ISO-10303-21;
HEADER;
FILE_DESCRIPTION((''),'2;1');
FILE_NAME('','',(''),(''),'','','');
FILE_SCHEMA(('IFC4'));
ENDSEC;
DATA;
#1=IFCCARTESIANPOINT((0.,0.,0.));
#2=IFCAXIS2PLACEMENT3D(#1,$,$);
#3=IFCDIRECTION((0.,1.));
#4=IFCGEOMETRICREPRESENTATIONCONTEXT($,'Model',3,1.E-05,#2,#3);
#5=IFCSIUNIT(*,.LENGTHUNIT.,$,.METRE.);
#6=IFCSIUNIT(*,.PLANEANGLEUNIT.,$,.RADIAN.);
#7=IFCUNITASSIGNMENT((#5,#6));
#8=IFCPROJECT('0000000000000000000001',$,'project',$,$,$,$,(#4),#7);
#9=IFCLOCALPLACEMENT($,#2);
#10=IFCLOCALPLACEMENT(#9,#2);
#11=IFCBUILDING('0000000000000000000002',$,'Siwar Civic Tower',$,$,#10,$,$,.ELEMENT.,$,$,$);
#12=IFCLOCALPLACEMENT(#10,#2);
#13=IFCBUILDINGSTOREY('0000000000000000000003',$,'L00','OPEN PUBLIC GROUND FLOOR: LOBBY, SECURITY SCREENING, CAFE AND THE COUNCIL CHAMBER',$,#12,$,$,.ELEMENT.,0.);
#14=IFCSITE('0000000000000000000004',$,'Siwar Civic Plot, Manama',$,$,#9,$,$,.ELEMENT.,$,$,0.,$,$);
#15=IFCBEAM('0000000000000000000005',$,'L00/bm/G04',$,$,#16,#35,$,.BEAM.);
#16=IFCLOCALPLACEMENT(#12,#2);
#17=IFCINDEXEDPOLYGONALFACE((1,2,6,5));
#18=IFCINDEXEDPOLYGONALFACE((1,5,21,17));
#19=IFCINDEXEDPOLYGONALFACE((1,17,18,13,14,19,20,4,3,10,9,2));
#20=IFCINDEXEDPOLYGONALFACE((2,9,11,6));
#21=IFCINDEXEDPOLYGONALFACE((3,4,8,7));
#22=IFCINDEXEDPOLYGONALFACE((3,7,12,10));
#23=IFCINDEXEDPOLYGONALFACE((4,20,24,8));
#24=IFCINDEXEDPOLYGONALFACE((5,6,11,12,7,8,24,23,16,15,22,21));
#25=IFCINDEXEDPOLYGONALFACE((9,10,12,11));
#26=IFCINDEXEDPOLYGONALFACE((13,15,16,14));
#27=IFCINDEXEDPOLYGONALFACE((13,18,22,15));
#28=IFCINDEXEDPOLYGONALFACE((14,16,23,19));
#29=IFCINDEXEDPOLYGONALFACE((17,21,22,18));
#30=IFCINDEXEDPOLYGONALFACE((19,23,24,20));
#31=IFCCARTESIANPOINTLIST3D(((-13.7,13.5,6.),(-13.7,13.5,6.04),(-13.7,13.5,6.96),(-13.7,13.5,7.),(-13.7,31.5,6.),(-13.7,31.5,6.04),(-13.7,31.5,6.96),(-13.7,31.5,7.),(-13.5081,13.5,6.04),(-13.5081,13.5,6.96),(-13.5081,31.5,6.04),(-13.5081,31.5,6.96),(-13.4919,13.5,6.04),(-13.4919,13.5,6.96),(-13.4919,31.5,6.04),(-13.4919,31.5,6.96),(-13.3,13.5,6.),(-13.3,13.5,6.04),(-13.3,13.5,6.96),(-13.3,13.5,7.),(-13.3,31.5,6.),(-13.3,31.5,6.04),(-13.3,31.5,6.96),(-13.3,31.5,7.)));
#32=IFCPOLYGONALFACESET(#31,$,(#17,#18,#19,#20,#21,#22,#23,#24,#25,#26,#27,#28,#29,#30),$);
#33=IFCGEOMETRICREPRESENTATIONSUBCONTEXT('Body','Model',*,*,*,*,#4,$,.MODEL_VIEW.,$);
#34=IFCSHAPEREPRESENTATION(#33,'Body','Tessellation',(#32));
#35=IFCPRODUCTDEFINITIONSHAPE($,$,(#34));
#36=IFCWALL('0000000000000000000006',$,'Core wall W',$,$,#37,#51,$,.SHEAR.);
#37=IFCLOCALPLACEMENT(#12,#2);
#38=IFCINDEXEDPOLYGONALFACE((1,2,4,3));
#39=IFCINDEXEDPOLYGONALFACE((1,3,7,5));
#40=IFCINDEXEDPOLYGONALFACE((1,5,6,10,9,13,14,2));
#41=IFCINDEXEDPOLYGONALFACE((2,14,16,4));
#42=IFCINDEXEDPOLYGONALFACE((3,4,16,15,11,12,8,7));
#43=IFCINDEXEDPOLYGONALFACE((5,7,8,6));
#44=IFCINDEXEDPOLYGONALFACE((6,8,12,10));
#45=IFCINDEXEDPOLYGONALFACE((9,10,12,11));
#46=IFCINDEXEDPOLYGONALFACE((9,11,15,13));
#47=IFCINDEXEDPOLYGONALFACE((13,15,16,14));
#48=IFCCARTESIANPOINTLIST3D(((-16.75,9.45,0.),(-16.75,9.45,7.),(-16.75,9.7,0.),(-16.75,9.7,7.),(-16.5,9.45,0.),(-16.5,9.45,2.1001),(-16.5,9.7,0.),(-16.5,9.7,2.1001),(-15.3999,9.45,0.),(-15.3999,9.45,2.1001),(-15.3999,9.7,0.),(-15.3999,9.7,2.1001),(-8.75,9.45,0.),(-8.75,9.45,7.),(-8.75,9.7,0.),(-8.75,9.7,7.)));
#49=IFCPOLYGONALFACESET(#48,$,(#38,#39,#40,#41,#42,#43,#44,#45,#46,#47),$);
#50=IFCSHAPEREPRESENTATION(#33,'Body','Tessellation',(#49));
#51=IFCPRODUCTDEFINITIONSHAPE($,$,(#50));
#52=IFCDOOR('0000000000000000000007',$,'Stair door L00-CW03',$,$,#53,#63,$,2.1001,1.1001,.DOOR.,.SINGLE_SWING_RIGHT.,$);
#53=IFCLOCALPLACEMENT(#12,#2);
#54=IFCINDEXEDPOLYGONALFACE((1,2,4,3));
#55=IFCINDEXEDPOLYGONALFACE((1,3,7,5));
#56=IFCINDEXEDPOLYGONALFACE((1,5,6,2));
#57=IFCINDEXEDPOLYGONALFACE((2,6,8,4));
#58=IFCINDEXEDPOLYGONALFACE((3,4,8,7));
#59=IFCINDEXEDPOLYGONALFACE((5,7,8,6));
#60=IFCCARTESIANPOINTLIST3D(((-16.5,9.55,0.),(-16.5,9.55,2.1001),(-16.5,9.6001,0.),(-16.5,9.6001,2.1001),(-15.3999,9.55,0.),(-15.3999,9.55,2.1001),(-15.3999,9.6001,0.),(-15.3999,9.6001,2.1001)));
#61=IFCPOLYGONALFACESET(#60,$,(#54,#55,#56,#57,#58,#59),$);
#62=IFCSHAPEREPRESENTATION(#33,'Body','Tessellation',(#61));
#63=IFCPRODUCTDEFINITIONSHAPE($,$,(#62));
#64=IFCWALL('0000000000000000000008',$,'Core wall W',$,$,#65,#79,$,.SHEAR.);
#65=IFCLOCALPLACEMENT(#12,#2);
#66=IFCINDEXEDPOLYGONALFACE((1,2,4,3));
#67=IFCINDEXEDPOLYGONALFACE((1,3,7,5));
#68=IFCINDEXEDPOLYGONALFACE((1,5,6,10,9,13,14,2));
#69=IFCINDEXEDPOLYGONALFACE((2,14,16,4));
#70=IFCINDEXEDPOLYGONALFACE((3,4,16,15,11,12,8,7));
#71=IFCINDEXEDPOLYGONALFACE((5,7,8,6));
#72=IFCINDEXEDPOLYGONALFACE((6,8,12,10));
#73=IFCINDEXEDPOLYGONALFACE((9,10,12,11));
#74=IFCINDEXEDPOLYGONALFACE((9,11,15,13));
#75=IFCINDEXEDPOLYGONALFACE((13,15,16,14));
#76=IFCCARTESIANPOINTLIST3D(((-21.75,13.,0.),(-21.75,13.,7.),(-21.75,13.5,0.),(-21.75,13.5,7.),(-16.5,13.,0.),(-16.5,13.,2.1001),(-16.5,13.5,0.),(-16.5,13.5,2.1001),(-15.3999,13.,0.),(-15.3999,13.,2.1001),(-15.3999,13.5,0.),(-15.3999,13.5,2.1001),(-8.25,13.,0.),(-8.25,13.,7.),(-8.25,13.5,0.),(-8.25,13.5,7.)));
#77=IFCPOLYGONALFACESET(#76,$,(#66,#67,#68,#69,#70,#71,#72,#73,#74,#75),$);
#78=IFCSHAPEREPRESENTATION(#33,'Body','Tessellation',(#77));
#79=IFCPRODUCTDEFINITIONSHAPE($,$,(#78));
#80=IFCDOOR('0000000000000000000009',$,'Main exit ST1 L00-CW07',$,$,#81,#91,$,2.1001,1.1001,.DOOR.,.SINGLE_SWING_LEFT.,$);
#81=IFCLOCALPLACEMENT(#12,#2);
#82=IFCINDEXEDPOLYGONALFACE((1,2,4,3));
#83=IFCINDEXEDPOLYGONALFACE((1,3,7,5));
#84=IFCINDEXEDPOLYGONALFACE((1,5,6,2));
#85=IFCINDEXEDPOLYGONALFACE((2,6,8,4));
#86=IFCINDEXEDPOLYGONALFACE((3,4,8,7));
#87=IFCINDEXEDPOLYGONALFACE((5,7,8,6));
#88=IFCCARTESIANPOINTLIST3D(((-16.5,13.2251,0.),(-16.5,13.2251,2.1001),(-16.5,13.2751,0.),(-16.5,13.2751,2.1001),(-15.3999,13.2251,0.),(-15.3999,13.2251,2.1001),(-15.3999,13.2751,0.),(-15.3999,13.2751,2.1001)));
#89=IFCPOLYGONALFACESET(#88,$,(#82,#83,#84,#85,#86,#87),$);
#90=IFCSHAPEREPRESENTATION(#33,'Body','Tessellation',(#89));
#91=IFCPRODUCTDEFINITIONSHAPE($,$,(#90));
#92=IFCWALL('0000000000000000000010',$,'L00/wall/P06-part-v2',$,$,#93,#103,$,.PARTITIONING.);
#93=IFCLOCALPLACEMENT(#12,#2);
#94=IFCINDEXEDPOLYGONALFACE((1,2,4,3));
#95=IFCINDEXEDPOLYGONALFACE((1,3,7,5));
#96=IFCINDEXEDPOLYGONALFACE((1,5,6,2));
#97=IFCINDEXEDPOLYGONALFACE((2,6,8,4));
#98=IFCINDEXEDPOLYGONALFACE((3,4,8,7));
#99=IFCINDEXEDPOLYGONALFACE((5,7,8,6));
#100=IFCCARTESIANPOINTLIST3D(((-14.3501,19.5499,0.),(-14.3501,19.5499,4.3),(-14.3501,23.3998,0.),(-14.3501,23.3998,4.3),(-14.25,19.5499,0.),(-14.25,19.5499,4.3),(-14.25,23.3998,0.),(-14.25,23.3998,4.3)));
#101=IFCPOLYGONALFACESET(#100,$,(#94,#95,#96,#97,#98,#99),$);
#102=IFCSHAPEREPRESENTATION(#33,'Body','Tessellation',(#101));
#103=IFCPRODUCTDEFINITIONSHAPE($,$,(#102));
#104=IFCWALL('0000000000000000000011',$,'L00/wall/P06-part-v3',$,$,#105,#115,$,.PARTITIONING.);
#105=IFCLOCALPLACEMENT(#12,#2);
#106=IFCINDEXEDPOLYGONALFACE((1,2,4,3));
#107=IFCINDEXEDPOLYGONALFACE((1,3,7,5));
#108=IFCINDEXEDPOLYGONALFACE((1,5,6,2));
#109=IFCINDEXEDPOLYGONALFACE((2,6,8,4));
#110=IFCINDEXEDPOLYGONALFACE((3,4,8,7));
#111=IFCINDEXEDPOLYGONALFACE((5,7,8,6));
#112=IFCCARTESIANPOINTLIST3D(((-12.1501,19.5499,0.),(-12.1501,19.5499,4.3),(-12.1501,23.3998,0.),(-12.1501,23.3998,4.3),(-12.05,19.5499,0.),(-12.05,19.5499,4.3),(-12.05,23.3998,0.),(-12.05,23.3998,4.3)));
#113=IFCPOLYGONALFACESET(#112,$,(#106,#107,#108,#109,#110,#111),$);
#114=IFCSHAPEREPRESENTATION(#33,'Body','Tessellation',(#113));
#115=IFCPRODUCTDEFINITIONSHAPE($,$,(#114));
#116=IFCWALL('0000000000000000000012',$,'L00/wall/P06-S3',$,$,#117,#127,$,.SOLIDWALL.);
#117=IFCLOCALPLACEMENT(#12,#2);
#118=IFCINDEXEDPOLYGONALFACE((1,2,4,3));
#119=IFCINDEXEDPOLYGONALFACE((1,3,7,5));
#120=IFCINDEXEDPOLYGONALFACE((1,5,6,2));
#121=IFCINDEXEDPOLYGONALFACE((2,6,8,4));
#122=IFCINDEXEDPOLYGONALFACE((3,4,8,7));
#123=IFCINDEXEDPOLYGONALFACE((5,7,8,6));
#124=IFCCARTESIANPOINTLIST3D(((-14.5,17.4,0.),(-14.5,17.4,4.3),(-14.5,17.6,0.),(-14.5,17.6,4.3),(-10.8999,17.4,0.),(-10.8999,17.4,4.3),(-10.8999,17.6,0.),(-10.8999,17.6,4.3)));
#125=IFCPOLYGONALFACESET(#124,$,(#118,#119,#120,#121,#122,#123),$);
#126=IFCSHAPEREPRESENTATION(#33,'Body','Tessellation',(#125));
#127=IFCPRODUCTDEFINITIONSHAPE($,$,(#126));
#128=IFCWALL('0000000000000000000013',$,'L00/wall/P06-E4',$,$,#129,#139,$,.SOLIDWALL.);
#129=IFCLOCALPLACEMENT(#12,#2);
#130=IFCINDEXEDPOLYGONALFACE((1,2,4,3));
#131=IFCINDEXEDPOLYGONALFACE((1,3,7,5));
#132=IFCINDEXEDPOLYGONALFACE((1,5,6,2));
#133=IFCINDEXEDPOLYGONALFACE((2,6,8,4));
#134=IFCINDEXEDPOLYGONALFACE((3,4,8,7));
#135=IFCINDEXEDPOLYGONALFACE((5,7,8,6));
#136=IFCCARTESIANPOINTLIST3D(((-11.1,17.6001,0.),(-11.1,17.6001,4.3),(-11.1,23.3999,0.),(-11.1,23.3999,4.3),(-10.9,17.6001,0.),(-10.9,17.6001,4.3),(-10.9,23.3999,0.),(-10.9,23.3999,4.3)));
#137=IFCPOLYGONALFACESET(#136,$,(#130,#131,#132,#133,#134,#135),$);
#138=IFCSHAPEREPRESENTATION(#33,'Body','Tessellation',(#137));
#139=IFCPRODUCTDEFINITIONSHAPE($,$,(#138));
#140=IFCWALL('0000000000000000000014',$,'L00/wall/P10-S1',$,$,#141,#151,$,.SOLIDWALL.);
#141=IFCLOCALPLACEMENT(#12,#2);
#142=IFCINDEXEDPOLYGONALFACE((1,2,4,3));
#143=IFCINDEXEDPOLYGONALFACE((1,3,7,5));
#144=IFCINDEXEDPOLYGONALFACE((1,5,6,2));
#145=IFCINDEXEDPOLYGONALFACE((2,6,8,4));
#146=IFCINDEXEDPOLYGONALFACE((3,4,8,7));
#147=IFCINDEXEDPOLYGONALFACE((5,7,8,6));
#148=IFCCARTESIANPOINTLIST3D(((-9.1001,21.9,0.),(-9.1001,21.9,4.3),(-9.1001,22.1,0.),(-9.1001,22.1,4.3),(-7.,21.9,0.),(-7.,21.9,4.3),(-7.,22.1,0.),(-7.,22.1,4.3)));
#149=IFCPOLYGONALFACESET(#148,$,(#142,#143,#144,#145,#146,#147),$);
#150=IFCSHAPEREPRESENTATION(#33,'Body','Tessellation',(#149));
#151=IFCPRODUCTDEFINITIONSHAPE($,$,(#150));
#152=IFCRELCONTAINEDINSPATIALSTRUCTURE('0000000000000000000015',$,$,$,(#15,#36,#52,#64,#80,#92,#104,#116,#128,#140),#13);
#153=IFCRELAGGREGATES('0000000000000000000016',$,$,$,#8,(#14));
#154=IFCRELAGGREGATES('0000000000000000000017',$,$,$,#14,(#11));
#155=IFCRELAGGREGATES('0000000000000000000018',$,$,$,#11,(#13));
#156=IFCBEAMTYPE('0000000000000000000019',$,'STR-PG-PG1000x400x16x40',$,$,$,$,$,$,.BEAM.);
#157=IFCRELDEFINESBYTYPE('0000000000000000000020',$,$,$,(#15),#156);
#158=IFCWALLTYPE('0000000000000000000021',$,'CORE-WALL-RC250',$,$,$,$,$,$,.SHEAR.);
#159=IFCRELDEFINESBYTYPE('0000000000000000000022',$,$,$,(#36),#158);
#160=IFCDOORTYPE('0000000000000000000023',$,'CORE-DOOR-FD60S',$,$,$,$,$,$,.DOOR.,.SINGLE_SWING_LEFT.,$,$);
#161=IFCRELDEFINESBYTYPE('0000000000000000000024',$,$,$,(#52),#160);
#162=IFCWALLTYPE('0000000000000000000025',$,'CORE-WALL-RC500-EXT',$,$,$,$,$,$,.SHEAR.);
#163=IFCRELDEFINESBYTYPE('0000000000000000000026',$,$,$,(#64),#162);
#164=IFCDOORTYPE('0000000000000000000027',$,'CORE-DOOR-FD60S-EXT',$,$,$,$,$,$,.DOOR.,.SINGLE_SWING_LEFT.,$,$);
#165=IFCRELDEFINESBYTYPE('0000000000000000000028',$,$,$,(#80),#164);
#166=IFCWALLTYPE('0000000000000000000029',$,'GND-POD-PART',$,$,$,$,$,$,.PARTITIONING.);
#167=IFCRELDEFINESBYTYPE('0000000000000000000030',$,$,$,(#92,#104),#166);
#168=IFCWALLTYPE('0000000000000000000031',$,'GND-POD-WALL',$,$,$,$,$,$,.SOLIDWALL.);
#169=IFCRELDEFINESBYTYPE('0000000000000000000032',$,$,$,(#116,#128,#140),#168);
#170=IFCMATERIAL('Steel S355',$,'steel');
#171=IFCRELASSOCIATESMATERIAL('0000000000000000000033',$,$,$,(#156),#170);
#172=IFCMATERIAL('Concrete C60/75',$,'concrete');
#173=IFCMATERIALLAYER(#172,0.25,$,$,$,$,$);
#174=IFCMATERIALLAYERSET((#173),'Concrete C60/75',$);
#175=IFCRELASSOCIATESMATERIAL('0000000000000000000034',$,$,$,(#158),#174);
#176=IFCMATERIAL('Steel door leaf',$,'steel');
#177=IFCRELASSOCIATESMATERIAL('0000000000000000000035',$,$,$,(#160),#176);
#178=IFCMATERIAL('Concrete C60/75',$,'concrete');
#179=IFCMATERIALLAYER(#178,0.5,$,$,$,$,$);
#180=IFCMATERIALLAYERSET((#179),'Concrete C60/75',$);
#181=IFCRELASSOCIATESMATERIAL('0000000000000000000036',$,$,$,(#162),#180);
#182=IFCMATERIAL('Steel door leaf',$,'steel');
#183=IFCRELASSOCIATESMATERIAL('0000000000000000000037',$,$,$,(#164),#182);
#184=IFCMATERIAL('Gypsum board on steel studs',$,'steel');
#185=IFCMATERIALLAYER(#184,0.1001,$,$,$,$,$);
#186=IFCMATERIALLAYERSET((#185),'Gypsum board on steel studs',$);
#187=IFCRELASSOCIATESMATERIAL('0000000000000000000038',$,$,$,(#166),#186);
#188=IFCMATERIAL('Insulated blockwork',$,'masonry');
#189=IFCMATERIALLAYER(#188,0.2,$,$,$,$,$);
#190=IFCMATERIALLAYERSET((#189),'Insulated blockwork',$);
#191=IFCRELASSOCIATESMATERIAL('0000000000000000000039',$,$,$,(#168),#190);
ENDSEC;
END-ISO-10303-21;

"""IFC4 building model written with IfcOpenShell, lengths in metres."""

from ifc_helpers import new_model, si_unit, direction, frame, frame_2d, origin, origin_2d, place, context, subcontext, project, spatial, rectangle, i_section, extrude, material, layer, layer_set, material_profile, profile_set, type_object, element, fill, save


model = new_model("IFC4")

# Units and contexts
model_context = context("Model", 3, precision=1e-05, world=origin(), true_north=direction((0.0, 1.0)))
body_context = subcontext(model_context, "Body", "Model", "MODEL_VIEW")
ifc_project = project(units=[si_unit("LENGTHUNIT", "METRE"), si_unit("PLANEANGLEUNIT", "RADIAN")], contexts=[model_context])

# Site, building, storey
site_placement = place(None, origin())
site = spatial("IfcSite", under=ifc_project, at=site_placement, Name="Siwar Civic Plot, Manama", CompositionType="ELEMENT", RefElevation=0.0)
building_placement = place(site_placement, origin())
building = spatial("IfcBuilding", under=site, at=building_placement, Name="Siwar Civic Tower", CompositionType="ELEMENT")
storey_placement = place(building_placement, origin())
storey = spatial("IfcBuildingStorey", under=building, at=storey_placement, Name="L00", Description="OPEN PUBLIC GROUND FLOOR: LOBBY, SECURITY SCREENING, CAFE AND THE COUNCIL CHAMBER", CompositionType="ELEMENT", Elevation=0.0)

# Beam
ifc_material_1 = material(Name="Steel S355", Category="steel")
ifc_material_profile_1 = material_profile(ifc_material_1, i_section(OverallWidth=0.3999, OverallDepth=1.0, WebThickness=0.0161, FlangeThickness=0.04, at=origin_2d()), Name="PG1000x400x16x40")
ifc_profile_set_1 = profile_set([ifc_material_profile_1], Name="Steel S355")
beam_type_1 = type_object("IfcBeamType", Name="STR-PG-PG1000x400x16x40", PredefinedType="BEAM", material=ifc_profile_set_1)
beam_1_placement = place(storey_placement, frame((-13.5, 13.5, 6.5), z_axis=(0.0, 1.0, 0.0), x_axis=(-1.0, 0.0, 0.0)))
element("IfcBeam", 1, at=beam_1_placement, inside=storey, type_object=beam_type_1, Name="L00/bm/G04", PredefinedType="BEAM", context=body_context, shape_type="SweptSolid", body=[
    extrude(i_section(OverallWidth=0.3999, OverallDepth=1.0, WebThickness=0.0161, FlangeThickness=0.04, at=origin_2d()), origin(), (0.0, 0.0, 1.0), 18.0),
])

# Walls, openings, doors
ifc_material_2 = material(Name="Concrete C60/75", Category="concrete")
ifc_layer_1 = layer(ifc_material_2, 0.25)
ifc_layer_set_1 = layer_set([ifc_layer_1], Name="Concrete C60/75")
wall_type_1 = type_object("IfcWallType", Name="CORE-WALL-RC250", PredefinedType="SHEAR", material=ifc_layer_set_1)
wall_1_placement = place(storey_placement, frame((-8.75, 9.575, 0.0), z_axis=(0.0, 0.0, 1.0), x_axis=(-1.0, 0.0, 0.0)))
wall_1 = element("IfcWall", 2, at=wall_1_placement, inside=storey, type_object=wall_type_1, Name="Core wall W", PredefinedType="SHEAR", context=body_context, shape_type="SweptSolid", body=[
    extrude(rectangle(XDim=8.0, YDim=0.25, at=frame_2d((4.0, 0.0))), origin(), (0.0, 0.0, 1.0), 7.0),
])
opening_1_placement = place(wall_1_placement, frame((6.6499, 0.0, 0.0)))
opening_1 = element("IfcOpeningElement", 3, at=opening_1_placement, cuts=wall_1, PredefinedType="OPENING", context=body_context, shape_type="SweptSolid", body=[
    extrude(rectangle(XDim=1.1001, YDim=2.1001, at=frame_2d((0.55, 1.05))), frame((0.0, 0.135, 0.0), z_axis=(0.0, -1.0, 0.0), x_axis=(1.0, 0.0, 0.0)), (0.0, 0.0, 1.0), 0.27),
])
ifc_material_3 = material(Name="Steel door leaf", Category="steel")
door_type_1 = type_object("IfcDoorType", Name="CORE-DOOR-FD60S", OperationType="SINGLE_SWING_LEFT", PredefinedType="DOOR", material=ifc_material_3)
door_1_placement = place(opening_1_placement, origin())
door_1 = element("IfcDoor", 4, at=door_1_placement, inside=storey, type_object=door_type_1, Name="Stair door L00-CW03", OperationType="SINGLE_SWING_RIGHT", OverallHeight=2.1001, OverallWidth=1.1001, PredefinedType="DOOR", context=body_context, shape_type="SweptSolid", body=[
    extrude(rectangle(XDim=1.1001, YDim=2.1001, at=frame_2d((0.55, 1.05))), frame((0.0, 0.0249, 0.0), z_axis=(0.0, -1.0, 0.0), x_axis=(1.0, 0.0, 0.0)), (0.0, 0.0, 1.0), 0.05),
])
fill(opening_1, door_1)
ifc_material_4 = material(Name="Concrete C60/75", Category="concrete")
ifc_layer_2 = layer(ifc_material_4, 0.5)
ifc_layer_set_2 = layer_set([ifc_layer_2], Name="Concrete C60/75")
wall_type_2 = type_object("IfcWallType", Name="CORE-WALL-RC500-EXT", PredefinedType="SHEAR", material=ifc_layer_set_2)
wall_2_placement = place(storey_placement, frame((-8.25, 13.25, 0.0), z_axis=(0.0, 0.0, 1.0), x_axis=(-1.0, 0.0, 0.0)))
wall_2 = element("IfcWall", 5, at=wall_2_placement, inside=storey, type_object=wall_type_2, Name="Core wall W", PredefinedType="SHEAR", context=body_context, shape_type="SweptSolid", body=[
    extrude(rectangle(XDim=13.5, YDim=0.5, at=frame_2d((6.75, 0.0))), origin(), (0.0, 0.0, 1.0), 7.0),
])
opening_2_placement = place(wall_2_placement, frame((7.1499, 0.0, 0.0)))
opening_2 = element("IfcOpeningElement", 6, at=opening_2_placement, cuts=wall_2, PredefinedType="OPENING", context=body_context, shape_type="SweptSolid", body=[
    extrude(rectangle(XDim=1.1001, YDim=2.1001, at=frame_2d((0.55, 1.05))), frame((0.0, 0.26, 0.0), z_axis=(0.0, -1.0, 0.0), x_axis=(1.0, 0.0, 0.0)), (0.0, 0.0, 1.0), 0.52),
])
ifc_material_5 = material(Name="Steel door leaf", Category="steel")
door_type_2 = type_object("IfcDoorType", Name="CORE-DOOR-FD60S-EXT", OperationType="SINGLE_SWING_LEFT", PredefinedType="DOOR", material=ifc_material_5)
door_2_placement = place(opening_2_placement, frame((1.1001, 0.0, 0.0), z_axis=(0.0, 0.0, 1.0), x_axis=(-1.0, 0.0, 0.0)))
door_2 = element("IfcDoor", 7, at=door_2_placement, inside=storey, type_object=door_type_2, Name="Main exit ST1 L00-CW07", OperationType="SINGLE_SWING_LEFT", OverallHeight=2.1001, OverallWidth=1.1001, PredefinedType="DOOR", context=body_context, shape_type="SweptSolid", body=[
    extrude(rectangle(XDim=1.1001, YDim=2.1001, at=frame_2d((0.55, 1.05))), frame((0.0, 0.0251, 0.0), z_axis=(0.0, -1.0, 0.0), x_axis=(1.0, 0.0, 0.0)), (0.0, 0.0, 1.0), 0.05),
])
fill(opening_2, door_2)

# Walls
ifc_material_6 = material(Name="Gypsum board on steel studs", Category="steel")
ifc_layer_3 = layer(ifc_material_6, 0.1001)
ifc_layer_set_3 = layer_set([ifc_layer_3], Name="Gypsum board on steel studs")
wall_type_3 = type_object("IfcWallType", Name="GND-POD-PART", PredefinedType="PARTITIONING", material=ifc_layer_set_3)
for number, where, z_axis, x_axis, name in (
    (8, (-14.3, 19.55, 0.0), (0.0, 0.0, 1.0), (0.0, 1.0, 0.0), "L00/wall/P06-part-v2"),
    (9, (-12.1001, 19.55, 0.0), (0.0, 0.0, 1.0), (0.0, 1.0, 0.0), "L00/wall/P06-part-v3"),
):
    element("IfcWall", number, at=place(storey_placement, frame(where, z_axis=z_axis, x_axis=x_axis)), inside=storey, type_object=wall_type_3, Name=name, PredefinedType="PARTITIONING", context=body_context, shape_type="SweptSolid", body=[
        extrude(rectangle(XDim=3.8499, YDim=0.1001, at=frame_2d((1.9248, 0.0))), origin(), (0.0, 0.0, 1.0), 4.3),
    ])
ifc_material_7 = material(Name="Insulated blockwork", Category="masonry")
ifc_layer_4 = layer(ifc_material_7, 0.2)
ifc_layer_set_4 = layer_set([ifc_layer_4], Name="Insulated blockwork")
wall_type_4 = type_object("IfcWallType", Name="GND-POD-WALL", PredefinedType="SOLIDWALL", material=ifc_layer_set_4)
wall_3_placement = place(storey_placement, frame((-14.5, 17.5, 0.0), z_axis=(0.0, 0.0, 1.0), x_axis=(1.0, 0.0, 0.0)))
element("IfcWall", 10, at=wall_3_placement, inside=storey, type_object=wall_type_4, Name="L00/wall/P06-S3", PredefinedType="SOLIDWALL", context=body_context, shape_type="SweptSolid", body=[
    extrude(rectangle(XDim=3.6001, YDim=0.2, at=frame_2d((1.8, 0.0))), origin(), (0.0, 0.0, 1.0), 4.3),
])
wall_4_placement = place(storey_placement, frame((-11.0, 17.6001, 0.0), z_axis=(0.0, 0.0, 1.0), x_axis=(0.0, 1.0, 0.0)))
element("IfcWall", 11, at=wall_4_placement, inside=storey, type_object=wall_type_4, Name="L00/wall/P06-E4", PredefinedType="SOLIDWALL", context=body_context, shape_type="SweptSolid", body=[
    extrude(rectangle(XDim=5.7998, YDim=0.2, at=frame_2d((2.8999, 0.0))), origin(), (0.0, 0.0, 1.0), 4.3),
])
wall_5_placement = place(storey_placement, frame((-9.1001, 22.0, 0.0), z_axis=(0.0, 0.0, 1.0), x_axis=(1.0, 0.0, 0.0)))
element("IfcWall", 12, at=wall_5_placement, inside=storey, type_object=wall_type_4, Name="L00/wall/P10-S1", PredefinedType="SOLIDWALL", context=body_context, shape_type="SweptSolid", body=[
    extrude(rectangle(XDim=2.1001, YDim=0.2, at=frame_2d((1.05, 0.0))), origin(), (0.0, 0.0, 1.0), 4.3),
])

save(model, "model.ifc")
